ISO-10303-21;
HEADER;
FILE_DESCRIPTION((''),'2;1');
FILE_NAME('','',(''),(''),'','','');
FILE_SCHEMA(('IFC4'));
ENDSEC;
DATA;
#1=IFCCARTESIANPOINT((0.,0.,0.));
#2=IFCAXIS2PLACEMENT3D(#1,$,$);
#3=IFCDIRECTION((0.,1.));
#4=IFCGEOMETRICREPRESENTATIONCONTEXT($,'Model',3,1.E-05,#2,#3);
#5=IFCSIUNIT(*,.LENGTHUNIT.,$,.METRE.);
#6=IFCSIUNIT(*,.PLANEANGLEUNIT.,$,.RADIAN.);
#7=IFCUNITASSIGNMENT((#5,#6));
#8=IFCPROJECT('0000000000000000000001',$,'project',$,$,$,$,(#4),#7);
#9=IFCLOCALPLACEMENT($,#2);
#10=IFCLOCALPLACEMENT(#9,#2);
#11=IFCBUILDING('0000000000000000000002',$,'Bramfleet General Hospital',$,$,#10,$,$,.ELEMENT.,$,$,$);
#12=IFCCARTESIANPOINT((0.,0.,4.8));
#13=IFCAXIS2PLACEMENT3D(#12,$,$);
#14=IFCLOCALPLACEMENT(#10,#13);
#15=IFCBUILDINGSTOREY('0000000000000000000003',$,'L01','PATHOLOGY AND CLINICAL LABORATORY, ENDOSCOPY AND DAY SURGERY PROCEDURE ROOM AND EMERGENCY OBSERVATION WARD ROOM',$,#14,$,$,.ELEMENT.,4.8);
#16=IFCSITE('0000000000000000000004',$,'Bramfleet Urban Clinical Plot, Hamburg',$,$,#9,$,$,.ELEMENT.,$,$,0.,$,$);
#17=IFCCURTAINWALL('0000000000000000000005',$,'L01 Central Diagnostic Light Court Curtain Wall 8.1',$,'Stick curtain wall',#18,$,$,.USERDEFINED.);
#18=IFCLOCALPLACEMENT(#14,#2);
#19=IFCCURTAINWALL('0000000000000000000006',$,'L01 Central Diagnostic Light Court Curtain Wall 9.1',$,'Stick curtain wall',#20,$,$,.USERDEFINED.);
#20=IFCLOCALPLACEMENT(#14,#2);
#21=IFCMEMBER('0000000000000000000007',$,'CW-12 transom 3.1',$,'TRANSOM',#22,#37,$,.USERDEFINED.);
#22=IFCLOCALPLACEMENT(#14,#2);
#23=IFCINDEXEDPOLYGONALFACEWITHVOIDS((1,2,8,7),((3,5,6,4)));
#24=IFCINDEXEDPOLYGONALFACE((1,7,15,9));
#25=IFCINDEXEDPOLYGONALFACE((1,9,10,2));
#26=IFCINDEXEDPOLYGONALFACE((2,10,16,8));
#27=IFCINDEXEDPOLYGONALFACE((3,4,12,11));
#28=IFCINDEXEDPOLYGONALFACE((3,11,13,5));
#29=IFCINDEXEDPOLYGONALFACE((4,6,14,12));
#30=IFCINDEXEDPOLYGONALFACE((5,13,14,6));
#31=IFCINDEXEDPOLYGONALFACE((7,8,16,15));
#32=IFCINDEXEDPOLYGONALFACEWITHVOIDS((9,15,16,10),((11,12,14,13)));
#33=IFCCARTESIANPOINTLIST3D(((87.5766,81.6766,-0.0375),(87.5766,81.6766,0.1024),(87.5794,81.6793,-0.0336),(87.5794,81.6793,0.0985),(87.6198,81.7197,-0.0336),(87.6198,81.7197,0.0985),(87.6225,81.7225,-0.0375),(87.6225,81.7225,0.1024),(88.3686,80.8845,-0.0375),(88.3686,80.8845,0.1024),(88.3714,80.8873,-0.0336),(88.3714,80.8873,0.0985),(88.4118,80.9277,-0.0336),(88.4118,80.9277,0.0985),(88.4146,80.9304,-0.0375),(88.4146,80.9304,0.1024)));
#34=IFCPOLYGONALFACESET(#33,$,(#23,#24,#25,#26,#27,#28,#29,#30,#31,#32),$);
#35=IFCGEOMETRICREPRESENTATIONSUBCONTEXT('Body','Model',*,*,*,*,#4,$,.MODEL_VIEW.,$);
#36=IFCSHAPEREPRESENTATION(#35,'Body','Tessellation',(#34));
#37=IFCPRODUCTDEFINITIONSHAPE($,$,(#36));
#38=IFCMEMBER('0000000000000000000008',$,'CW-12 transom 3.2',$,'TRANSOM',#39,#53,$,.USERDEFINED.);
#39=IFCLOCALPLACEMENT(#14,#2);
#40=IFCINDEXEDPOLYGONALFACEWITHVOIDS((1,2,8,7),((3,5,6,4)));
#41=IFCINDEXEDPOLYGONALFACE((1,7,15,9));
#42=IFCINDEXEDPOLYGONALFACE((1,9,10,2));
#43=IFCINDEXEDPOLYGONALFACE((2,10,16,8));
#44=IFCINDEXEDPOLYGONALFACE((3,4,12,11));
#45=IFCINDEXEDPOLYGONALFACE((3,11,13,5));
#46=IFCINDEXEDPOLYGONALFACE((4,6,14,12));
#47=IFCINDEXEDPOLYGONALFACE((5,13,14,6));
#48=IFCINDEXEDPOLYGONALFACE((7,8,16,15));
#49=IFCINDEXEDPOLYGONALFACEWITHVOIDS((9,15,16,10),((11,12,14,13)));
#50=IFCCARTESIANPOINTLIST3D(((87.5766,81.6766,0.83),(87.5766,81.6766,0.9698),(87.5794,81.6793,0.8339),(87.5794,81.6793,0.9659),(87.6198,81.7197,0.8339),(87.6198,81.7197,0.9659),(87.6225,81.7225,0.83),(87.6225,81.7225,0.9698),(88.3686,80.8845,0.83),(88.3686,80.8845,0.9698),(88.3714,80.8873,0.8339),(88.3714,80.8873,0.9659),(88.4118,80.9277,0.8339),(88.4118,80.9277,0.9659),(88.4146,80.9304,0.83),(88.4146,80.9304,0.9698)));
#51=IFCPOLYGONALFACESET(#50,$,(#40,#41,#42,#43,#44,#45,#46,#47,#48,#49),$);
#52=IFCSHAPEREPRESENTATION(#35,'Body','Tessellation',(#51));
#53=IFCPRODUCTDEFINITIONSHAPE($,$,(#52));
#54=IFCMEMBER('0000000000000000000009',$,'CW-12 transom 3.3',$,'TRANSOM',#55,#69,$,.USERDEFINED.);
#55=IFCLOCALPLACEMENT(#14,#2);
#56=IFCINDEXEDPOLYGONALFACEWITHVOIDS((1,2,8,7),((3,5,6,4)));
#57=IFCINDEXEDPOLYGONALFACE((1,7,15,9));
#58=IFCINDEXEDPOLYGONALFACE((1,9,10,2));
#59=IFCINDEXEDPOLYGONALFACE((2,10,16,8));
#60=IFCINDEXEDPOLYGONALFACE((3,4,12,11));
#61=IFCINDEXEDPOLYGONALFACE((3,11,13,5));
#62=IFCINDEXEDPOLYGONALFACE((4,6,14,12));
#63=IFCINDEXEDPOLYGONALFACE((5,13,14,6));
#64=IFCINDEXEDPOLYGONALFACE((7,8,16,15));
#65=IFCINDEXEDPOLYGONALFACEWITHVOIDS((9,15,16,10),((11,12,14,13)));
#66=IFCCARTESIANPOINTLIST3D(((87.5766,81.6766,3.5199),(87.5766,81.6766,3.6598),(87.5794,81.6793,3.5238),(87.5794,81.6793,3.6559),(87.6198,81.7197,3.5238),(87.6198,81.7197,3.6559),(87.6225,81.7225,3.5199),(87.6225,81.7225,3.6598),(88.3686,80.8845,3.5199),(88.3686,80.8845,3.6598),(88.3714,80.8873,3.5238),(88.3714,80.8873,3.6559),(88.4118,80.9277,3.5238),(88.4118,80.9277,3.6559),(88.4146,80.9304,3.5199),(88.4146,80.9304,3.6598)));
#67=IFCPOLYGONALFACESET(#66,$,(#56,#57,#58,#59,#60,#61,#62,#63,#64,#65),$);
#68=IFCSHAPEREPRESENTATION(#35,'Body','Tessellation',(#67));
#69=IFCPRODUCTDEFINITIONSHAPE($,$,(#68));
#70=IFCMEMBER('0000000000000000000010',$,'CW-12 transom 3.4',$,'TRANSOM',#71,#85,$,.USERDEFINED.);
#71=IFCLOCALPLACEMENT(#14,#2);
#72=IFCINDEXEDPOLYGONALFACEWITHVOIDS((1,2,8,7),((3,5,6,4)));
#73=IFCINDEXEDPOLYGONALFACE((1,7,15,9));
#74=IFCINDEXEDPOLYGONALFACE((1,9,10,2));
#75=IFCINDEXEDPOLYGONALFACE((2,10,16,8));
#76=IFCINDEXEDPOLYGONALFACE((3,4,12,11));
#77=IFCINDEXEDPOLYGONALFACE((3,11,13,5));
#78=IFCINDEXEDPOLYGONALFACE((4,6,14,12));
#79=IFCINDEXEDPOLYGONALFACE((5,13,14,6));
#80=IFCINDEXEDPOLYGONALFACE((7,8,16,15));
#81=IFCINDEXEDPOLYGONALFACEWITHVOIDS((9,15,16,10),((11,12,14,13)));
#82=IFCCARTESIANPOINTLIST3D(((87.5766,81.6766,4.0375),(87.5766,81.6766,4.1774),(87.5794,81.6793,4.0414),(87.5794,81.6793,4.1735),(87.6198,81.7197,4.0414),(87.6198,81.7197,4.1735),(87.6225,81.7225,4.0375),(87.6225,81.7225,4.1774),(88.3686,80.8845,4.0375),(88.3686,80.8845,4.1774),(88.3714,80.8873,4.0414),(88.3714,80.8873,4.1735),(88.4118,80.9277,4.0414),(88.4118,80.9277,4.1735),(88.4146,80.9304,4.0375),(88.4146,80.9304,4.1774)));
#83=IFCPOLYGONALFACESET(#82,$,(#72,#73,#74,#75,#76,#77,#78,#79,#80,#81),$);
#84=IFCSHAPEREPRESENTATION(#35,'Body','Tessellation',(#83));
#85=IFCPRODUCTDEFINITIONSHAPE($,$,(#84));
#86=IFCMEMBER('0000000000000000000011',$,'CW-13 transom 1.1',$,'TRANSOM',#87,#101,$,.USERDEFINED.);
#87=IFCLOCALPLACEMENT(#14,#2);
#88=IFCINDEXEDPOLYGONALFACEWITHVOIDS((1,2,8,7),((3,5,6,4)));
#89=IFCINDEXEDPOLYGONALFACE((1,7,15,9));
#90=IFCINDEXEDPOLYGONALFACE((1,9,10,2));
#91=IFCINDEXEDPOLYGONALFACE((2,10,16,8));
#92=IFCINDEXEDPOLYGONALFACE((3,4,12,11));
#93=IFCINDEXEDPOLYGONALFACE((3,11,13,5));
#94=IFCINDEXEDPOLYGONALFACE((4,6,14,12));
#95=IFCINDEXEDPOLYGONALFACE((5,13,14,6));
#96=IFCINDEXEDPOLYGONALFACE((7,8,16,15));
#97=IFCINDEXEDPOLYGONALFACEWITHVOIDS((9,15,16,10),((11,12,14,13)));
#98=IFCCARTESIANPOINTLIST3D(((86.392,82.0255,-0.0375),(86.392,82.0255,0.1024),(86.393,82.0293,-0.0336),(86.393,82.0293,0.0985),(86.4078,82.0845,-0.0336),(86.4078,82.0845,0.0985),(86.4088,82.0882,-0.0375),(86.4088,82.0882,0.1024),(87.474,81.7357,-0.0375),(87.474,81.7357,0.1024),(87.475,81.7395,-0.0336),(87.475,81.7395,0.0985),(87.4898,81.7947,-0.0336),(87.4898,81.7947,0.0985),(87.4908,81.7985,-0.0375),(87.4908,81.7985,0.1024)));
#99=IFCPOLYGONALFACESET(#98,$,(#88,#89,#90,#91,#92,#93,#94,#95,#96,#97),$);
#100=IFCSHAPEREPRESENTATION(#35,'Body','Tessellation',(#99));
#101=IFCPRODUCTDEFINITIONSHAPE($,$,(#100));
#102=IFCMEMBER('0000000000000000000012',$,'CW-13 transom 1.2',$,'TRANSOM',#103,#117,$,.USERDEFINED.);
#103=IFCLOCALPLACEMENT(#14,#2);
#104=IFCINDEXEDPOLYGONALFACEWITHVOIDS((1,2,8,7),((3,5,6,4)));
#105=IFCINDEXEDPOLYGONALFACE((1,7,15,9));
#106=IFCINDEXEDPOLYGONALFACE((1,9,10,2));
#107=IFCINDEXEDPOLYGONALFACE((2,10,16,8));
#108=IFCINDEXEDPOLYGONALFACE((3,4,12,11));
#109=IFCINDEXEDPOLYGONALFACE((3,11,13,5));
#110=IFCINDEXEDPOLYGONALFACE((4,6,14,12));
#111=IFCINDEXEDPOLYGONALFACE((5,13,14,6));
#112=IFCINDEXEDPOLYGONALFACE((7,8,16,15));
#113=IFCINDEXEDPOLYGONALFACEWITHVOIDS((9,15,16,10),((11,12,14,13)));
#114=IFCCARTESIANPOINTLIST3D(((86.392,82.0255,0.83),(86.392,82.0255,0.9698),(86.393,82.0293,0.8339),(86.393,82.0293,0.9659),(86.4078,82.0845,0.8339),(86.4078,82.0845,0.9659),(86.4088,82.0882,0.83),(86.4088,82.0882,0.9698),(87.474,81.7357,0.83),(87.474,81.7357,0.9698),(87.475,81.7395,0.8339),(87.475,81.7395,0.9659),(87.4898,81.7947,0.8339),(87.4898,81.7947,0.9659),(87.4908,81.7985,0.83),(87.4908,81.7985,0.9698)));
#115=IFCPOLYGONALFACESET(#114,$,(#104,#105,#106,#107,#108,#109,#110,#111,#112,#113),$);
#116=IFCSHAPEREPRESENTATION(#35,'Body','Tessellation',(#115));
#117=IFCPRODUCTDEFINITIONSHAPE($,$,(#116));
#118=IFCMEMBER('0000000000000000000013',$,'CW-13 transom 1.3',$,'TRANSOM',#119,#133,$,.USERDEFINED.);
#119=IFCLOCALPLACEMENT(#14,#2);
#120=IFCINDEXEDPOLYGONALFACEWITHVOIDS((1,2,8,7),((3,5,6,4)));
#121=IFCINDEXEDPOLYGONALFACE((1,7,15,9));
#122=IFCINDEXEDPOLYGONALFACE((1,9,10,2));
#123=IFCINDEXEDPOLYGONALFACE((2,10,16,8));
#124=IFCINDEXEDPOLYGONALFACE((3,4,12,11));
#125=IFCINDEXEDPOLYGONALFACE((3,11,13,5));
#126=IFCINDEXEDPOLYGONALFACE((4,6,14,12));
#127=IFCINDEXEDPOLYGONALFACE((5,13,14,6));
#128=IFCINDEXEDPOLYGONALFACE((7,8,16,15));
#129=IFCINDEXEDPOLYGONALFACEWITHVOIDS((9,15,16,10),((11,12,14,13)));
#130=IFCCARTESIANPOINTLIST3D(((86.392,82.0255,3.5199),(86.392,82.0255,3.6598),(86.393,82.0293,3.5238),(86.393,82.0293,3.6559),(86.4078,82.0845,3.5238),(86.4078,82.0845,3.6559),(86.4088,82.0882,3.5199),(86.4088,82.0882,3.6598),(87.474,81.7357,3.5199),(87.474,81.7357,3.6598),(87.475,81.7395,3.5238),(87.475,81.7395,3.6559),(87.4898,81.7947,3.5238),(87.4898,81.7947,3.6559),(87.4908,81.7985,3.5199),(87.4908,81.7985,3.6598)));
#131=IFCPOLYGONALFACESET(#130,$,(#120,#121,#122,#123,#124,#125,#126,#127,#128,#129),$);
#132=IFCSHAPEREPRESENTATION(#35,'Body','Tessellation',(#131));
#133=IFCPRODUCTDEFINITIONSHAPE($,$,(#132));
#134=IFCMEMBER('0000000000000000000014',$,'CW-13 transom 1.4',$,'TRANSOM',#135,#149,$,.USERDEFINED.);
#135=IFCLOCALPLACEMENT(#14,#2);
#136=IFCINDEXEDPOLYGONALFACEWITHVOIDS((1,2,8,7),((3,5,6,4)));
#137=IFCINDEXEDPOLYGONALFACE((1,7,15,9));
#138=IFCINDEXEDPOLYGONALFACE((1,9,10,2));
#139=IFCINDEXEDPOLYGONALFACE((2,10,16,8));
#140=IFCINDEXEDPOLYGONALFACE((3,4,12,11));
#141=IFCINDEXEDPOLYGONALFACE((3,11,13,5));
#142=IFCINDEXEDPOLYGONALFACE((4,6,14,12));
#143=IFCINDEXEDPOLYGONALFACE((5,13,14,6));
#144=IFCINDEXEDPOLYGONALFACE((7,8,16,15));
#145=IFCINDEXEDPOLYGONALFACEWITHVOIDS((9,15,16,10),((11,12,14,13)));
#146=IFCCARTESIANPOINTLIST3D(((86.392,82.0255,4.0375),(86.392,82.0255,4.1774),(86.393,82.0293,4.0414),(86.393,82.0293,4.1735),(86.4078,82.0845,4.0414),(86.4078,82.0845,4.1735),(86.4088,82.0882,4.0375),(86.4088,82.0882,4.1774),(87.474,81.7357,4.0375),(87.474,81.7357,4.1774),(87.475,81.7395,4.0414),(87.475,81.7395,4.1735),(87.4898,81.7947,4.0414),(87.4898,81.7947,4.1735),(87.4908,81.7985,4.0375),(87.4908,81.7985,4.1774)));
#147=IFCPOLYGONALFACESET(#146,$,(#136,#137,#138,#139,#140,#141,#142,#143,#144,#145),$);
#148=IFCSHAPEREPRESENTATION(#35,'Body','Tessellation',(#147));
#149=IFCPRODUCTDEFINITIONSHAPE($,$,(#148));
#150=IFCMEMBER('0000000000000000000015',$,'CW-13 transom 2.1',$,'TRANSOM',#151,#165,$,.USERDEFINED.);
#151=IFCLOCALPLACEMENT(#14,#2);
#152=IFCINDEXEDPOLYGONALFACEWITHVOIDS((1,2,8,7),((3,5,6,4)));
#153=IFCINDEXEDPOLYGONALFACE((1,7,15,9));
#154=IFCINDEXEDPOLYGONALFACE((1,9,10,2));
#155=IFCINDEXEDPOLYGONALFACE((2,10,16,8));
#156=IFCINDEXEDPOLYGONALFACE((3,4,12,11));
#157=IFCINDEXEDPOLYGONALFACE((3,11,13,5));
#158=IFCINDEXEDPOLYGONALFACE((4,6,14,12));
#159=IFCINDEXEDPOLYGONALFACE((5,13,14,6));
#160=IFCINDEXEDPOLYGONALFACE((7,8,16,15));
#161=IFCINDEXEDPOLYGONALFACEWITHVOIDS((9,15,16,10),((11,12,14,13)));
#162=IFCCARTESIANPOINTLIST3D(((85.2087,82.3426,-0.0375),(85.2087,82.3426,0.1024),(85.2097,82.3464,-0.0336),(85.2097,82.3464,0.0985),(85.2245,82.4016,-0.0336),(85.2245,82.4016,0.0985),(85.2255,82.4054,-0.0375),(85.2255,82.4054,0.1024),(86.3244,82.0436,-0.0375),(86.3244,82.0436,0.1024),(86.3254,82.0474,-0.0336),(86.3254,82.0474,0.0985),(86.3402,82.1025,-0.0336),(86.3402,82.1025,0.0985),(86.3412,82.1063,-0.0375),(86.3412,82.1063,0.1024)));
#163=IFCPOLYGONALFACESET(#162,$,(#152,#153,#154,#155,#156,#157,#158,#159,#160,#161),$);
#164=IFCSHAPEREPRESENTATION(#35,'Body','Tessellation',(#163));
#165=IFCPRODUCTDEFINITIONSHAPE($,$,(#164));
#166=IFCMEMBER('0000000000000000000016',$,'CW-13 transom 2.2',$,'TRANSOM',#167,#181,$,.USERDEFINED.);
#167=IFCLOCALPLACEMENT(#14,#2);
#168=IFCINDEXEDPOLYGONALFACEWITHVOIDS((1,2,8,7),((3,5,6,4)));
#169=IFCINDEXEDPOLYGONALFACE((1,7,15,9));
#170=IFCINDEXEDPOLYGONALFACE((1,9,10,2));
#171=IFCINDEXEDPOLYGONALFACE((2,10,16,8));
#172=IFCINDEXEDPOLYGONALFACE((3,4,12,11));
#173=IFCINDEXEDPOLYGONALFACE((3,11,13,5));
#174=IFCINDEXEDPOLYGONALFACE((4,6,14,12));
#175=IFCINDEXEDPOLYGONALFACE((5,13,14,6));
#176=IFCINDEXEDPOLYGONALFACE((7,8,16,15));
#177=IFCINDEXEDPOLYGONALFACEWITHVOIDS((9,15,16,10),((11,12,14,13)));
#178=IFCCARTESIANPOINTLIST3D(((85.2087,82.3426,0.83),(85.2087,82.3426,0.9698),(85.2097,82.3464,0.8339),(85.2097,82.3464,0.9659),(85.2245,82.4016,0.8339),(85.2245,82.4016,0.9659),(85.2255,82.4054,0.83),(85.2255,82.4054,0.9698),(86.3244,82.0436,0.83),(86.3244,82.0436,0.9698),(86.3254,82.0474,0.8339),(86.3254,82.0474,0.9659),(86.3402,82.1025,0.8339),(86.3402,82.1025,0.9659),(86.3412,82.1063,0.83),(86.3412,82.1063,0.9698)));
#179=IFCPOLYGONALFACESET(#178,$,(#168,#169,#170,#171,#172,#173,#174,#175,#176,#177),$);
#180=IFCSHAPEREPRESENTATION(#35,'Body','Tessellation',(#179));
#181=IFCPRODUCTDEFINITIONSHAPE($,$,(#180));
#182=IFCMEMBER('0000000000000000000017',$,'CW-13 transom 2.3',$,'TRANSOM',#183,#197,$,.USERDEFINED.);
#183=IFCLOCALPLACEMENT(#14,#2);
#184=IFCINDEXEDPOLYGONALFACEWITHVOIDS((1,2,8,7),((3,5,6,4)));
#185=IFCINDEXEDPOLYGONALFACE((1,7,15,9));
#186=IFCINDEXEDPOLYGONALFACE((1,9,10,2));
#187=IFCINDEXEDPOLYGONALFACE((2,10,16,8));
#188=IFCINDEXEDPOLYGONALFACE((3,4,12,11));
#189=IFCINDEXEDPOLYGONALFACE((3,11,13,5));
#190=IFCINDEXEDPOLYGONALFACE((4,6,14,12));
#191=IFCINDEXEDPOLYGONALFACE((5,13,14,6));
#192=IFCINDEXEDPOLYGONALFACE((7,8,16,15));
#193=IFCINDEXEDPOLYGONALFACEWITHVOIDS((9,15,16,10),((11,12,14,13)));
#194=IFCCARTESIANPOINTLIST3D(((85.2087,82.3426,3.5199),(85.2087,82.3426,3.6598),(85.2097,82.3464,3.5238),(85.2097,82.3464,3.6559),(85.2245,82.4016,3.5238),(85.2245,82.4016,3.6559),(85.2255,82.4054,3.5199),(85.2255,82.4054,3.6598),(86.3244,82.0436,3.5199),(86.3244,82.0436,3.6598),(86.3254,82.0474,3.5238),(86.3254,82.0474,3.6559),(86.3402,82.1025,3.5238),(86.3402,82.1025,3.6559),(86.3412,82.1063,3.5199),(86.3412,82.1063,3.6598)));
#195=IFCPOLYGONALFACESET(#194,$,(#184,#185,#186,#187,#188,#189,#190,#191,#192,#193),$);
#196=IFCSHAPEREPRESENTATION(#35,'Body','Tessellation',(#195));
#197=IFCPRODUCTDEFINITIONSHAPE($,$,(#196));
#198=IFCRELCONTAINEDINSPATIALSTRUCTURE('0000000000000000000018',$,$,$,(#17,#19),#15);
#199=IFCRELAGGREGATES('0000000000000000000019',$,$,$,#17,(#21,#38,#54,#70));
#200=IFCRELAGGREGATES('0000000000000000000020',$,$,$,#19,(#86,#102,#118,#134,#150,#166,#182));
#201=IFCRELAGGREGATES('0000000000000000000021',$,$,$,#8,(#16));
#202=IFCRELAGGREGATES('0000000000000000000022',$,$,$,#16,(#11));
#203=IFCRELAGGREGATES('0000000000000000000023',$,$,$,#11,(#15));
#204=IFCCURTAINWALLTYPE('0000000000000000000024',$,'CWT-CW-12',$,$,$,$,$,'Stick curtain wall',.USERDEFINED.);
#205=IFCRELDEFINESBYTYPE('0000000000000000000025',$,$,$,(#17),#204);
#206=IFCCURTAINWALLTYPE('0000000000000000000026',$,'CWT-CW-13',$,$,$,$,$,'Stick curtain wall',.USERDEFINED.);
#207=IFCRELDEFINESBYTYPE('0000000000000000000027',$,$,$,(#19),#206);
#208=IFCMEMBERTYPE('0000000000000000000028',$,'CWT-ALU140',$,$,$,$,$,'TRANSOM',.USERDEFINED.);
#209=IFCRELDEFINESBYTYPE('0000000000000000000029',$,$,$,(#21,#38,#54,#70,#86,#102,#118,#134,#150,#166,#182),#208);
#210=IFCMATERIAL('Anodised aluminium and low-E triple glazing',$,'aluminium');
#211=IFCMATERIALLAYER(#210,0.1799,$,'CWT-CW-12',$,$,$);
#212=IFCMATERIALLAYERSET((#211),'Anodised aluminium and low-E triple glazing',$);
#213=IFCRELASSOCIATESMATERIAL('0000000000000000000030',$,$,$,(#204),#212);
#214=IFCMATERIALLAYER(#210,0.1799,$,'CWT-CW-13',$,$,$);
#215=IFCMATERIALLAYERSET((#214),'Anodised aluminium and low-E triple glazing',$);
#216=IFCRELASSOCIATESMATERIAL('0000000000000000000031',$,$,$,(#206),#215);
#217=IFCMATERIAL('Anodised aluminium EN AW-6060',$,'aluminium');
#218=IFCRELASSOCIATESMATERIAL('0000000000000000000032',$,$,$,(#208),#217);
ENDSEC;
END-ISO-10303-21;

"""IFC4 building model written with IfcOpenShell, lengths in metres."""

from ifc_helpers import new_model, si_unit, direction, frame, origin, origin_2d, place, context, subcontext, project, spatial, hollow_rectangle, extrude, material, layer, layer_set, material_profile, profile_set, type_object, element, aggregate, save


model = new_model("IFC4")

# Units and contexts
model_context = context("Model", 3, precision=1e-05, world=origin(), true_north=direction((0.0, 1.0)))
body_context = subcontext(model_context, "Body", "Model", "MODEL_VIEW")
ifc_project = project(units=[si_unit("LENGTHUNIT", "METRE"), si_unit("PLANEANGLEUNIT", "RADIAN")], contexts=[model_context])

# Site, building, storey
site_placement = place(None, origin())
site = spatial("IfcSite", under=ifc_project, at=site_placement, Name="Bramfleet Urban Clinical Plot, Hamburg", CompositionType="ELEMENT", RefElevation=0.0)
building_placement = place(site_placement, origin())
building = spatial("IfcBuilding", under=site, at=building_placement, Name="Bramfleet General Hospital", CompositionType="ELEMENT")
storey_placement = place(building_placement, frame((0.0, 0.0, 4.8)))
storey = spatial("IfcBuildingStorey", under=building, at=storey_placement, Name="L01", Description="PATHOLOGY AND CLINICAL LABORATORY, ENDOSCOPY AND DAY SURGERY PROCEDURE ROOM AND EMERGENCY OBSERVATION WARD ROOM", CompositionType="ELEMENT", Elevation=4.8)

# Curtain walls
ifc_material_1 = material(Name="Anodised aluminium and low-E triple glazing", Category="aluminium")
ifc_layer_1 = layer(ifc_material_1, 0.1799, Name="CWT-CW-12")
ifc_layer_set_1 = layer_set([ifc_layer_1], Name="Anodised aluminium and low-E triple glazing")
curtain_wall_type_1 = type_object("IfcCurtainWallType", Name="CWT-CW-12", ElementType="Stick curtain wall", PredefinedType="USERDEFINED", material=ifc_layer_set_1)
curtain_wall_1_placement = place(storey_placement, origin())
curtain_wall_1 = element("IfcCurtainWall", 1, at=curtain_wall_1_placement, inside=storey, type_object=curtain_wall_type_1, Name="L01 Central Diagnostic Light Court Curtain Wall 8.1", ObjectType="Stick curtain wall", PredefinedType="USERDEFINED")
ifc_material_2 = material(Name="Anodised aluminium EN AW-6060", Category="aluminium")
ifc_layer_2 = layer(ifc_material_1, 0.1799, Name="CWT-CW-13")
ifc_layer_set_2 = layer_set([ifc_layer_2], Name="Anodised aluminium and low-E triple glazing")
curtain_wall_type_2 = type_object("IfcCurtainWallType", Name="CWT-CW-13", ElementType="Stick curtain wall", PredefinedType="USERDEFINED", material=ifc_layer_set_2)
curtain_wall_2_placement = place(storey_placement, origin())
curtain_wall_2 = element("IfcCurtainWall", 2, at=curtain_wall_2_placement, inside=storey, type_object=curtain_wall_type_2, Name="L01 Central Diagnostic Light Court Curtain Wall 9.1", ObjectType="Stick curtain wall", PredefinedType="USERDEFINED")

# Members
ifc_material_profile_1 = material_profile(ifc_material_2, hollow_rectangle(XDim=0.0649, YDim=0.1399, WallThickness=0.0039, at=origin_2d()), Name="ALU 140x65x4.0")
ifc_profile_set_1 = profile_set([ifc_material_profile_1], Name="Anodised aluminium EN AW-6060")
member_type_1 = type_object("IfcMemberType", Name="CWT-ALU140", ElementType="TRANSOM", PredefinedType="USERDEFINED", material=ifc_profile_set_1)
member_1_placement = place(storey_placement, frame((88.3916, 80.9075, 0.0325), z_axis=(-0.707107, 0.707107, 0.0), x_axis=(-0.707107, -0.707107, 0.0)))
member_1 = element("IfcMember", 3, at=member_1_placement, type_object=member_type_1, Name="CW-12 transom 3.1", ObjectType="TRANSOM", PredefinedType="USERDEFINED", context=body_context, shape_type="SweptSolid", body=[
    extrude(hollow_rectangle(XDim=0.0649, YDim=0.1399, WallThickness=0.0039, at=origin_2d()), origin(), (0.0, 0.0, 1.0), 1.1201),
])
member_2_placement = place(storey_placement, frame((88.3916, 80.9075, 0.8999), z_axis=(-0.707107, 0.707107, 0.0), x_axis=(-0.707107, -0.707107, 0.0)))
member_2 = element("IfcMember", 4, at=member_2_placement, type_object=member_type_1, Name="CW-12 transom 3.2", ObjectType="TRANSOM", PredefinedType="USERDEFINED", context=body_context, shape_type="SweptSolid", body=[
    extrude(hollow_rectangle(XDim=0.0649, YDim=0.1399, WallThickness=0.0039, at=origin_2d()), origin(), (0.0, 0.0, 1.0), 1.1201),
])
member_3_placement = place(storey_placement, frame((88.3916, 80.9075, 3.5898), z_axis=(-0.707107, 0.707107, 0.0), x_axis=(-0.707107, -0.707107, 0.0)))
member_3 = element("IfcMember", 5, at=member_3_placement, type_object=member_type_1, Name="CW-12 transom 3.3", ObjectType="TRANSOM", PredefinedType="USERDEFINED", context=body_context, shape_type="SweptSolid", body=[
    extrude(hollow_rectangle(XDim=0.0649, YDim=0.1399, WallThickness=0.0039, at=origin_2d()), origin(), (0.0, 0.0, 1.0), 1.1201),
])
member_4_placement = place(storey_placement, frame((88.3916, 80.9075, 4.1074), z_axis=(-0.707107, 0.707107, 0.0), x_axis=(-0.707107, -0.707107, 0.0)))
member_4 = element("IfcMember", 6, at=member_4_placement, type_object=member_type_1, Name="CW-12 transom 3.4", ObjectType="TRANSOM", PredefinedType="USERDEFINED", context=body_context, shape_type="SweptSolid", body=[
    extrude(hollow_rectangle(XDim=0.0649, YDim=0.1399, WallThickness=0.0039, at=origin_2d()), origin(), (0.0, 0.0, 1.0), 1.1201),
])
member_5_placement = place(storey_placement, frame((87.4824, 81.7671, 0.0325), z_axis=(-0.965956, 0.258707, 0.0), x_axis=(-0.258707, -0.965956, 0.0)))
member_5 = element("IfcMember", 7, at=member_5_placement, type_object=member_type_1, Name="CW-13 transom 1.1", ObjectType="TRANSOM", PredefinedType="USERDEFINED", context=body_context, shape_type="SweptSolid", body=[
    extrude(hollow_rectangle(XDim=0.0649, YDim=0.1399, WallThickness=0.0039, at=origin_2d()), origin(), (0.0, 0.0, 1.0), 1.1201),
])
member_6_placement = place(storey_placement, frame((87.4824, 81.7671, 0.8999), z_axis=(-0.965956, 0.258707, 0.0), x_axis=(-0.258707, -0.965956, 0.0)))
member_6 = element("IfcMember", 8, at=member_6_placement, type_object=member_type_1, Name="CW-13 transom 1.2", ObjectType="TRANSOM", PredefinedType="USERDEFINED", context=body_context, shape_type="SweptSolid", body=[
    extrude(hollow_rectangle(XDim=0.0649, YDim=0.1399, WallThickness=0.0039, at=origin_2d()), origin(), (0.0, 0.0, 1.0), 1.1201),
])
member_7_placement = place(storey_placement, frame((87.4824, 81.7671, 3.5898), z_axis=(-0.965956, 0.258707, 0.0), x_axis=(-0.258707, -0.965956, 0.0)))
member_7 = element("IfcMember", 9, at=member_7_placement, type_object=member_type_1, Name="CW-13 transom 1.3", ObjectType="TRANSOM", PredefinedType="USERDEFINED", context=body_context, shape_type="SweptSolid", body=[
    extrude(hollow_rectangle(XDim=0.0649, YDim=0.1399, WallThickness=0.0039, at=origin_2d()), origin(), (0.0, 0.0, 1.0), 1.1201),
])
member_8_placement = place(storey_placement, frame((87.4824, 81.7671, 4.1074), z_axis=(-0.965956, 0.258707, 0.0), x_axis=(-0.258707, -0.965956, 0.0)))
member_8 = element("IfcMember", 10, at=member_8_placement, type_object=member_type_1, Name="CW-13 transom 1.4", ObjectType="TRANSOM", PredefinedType="USERDEFINED", context=body_context, shape_type="SweptSolid", body=[
    extrude(hollow_rectangle(XDim=0.0649, YDim=0.1399, WallThickness=0.0039, at=origin_2d()), origin(), (0.0, 0.0, 1.0), 1.1201),
])
member_9_placement = place(storey_placement, frame((86.3328, 82.075, 0.0325), z_axis=(-0.965901, 0.258912, 0.0), x_axis=(-0.258912, -0.965901, 0.0)))
member_9 = element("IfcMember", 11, at=member_9_placement, type_object=member_type_1, Name="CW-13 transom 2.1", ObjectType="TRANSOM", PredefinedType="USERDEFINED", context=body_context, shape_type="SweptSolid", body=[
    extrude(hollow_rectangle(XDim=0.0649, YDim=0.1399, WallThickness=0.0039, at=origin_2d()), origin(), (0.0, 0.0, 1.0), 1.155),
])
member_10_placement = place(storey_placement, frame((86.3328, 82.075, 0.8999), z_axis=(-0.965901, 0.258912, 0.0), x_axis=(-0.258912, -0.965901, 0.0)))
member_10 = element("IfcMember", 12, at=member_10_placement, type_object=member_type_1, Name="CW-13 transom 2.2", ObjectType="TRANSOM", PredefinedType="USERDEFINED", context=body_context, shape_type="SweptSolid", body=[
    extrude(hollow_rectangle(XDim=0.0649, YDim=0.1399, WallThickness=0.0039, at=origin_2d()), origin(), (0.0, 0.0, 1.0), 1.155),
])
member_11_placement = place(storey_placement, frame((86.3328, 82.075, 3.5898), z_axis=(-0.965901, 0.258912, 0.0), x_axis=(-0.258912, -0.965901, 0.0)))
member_11 = element("IfcMember", 13, at=member_11_placement, type_object=member_type_1, Name="CW-13 transom 2.3", ObjectType="TRANSOM", PredefinedType="USERDEFINED", context=body_context, shape_type="SweptSolid", body=[
    extrude(hollow_rectangle(XDim=0.0649, YDim=0.1399, WallThickness=0.0039, at=origin_2d()), origin(), (0.0, 0.0, 1.0), 1.155),
])

aggregate(curtain_wall_1, [member_1, member_2, member_3, member_4])
aggregate(curtain_wall_2, [member_5, member_6, member_7, member_8, member_9, member_10, member_11])

save(model, "model.ifc")
